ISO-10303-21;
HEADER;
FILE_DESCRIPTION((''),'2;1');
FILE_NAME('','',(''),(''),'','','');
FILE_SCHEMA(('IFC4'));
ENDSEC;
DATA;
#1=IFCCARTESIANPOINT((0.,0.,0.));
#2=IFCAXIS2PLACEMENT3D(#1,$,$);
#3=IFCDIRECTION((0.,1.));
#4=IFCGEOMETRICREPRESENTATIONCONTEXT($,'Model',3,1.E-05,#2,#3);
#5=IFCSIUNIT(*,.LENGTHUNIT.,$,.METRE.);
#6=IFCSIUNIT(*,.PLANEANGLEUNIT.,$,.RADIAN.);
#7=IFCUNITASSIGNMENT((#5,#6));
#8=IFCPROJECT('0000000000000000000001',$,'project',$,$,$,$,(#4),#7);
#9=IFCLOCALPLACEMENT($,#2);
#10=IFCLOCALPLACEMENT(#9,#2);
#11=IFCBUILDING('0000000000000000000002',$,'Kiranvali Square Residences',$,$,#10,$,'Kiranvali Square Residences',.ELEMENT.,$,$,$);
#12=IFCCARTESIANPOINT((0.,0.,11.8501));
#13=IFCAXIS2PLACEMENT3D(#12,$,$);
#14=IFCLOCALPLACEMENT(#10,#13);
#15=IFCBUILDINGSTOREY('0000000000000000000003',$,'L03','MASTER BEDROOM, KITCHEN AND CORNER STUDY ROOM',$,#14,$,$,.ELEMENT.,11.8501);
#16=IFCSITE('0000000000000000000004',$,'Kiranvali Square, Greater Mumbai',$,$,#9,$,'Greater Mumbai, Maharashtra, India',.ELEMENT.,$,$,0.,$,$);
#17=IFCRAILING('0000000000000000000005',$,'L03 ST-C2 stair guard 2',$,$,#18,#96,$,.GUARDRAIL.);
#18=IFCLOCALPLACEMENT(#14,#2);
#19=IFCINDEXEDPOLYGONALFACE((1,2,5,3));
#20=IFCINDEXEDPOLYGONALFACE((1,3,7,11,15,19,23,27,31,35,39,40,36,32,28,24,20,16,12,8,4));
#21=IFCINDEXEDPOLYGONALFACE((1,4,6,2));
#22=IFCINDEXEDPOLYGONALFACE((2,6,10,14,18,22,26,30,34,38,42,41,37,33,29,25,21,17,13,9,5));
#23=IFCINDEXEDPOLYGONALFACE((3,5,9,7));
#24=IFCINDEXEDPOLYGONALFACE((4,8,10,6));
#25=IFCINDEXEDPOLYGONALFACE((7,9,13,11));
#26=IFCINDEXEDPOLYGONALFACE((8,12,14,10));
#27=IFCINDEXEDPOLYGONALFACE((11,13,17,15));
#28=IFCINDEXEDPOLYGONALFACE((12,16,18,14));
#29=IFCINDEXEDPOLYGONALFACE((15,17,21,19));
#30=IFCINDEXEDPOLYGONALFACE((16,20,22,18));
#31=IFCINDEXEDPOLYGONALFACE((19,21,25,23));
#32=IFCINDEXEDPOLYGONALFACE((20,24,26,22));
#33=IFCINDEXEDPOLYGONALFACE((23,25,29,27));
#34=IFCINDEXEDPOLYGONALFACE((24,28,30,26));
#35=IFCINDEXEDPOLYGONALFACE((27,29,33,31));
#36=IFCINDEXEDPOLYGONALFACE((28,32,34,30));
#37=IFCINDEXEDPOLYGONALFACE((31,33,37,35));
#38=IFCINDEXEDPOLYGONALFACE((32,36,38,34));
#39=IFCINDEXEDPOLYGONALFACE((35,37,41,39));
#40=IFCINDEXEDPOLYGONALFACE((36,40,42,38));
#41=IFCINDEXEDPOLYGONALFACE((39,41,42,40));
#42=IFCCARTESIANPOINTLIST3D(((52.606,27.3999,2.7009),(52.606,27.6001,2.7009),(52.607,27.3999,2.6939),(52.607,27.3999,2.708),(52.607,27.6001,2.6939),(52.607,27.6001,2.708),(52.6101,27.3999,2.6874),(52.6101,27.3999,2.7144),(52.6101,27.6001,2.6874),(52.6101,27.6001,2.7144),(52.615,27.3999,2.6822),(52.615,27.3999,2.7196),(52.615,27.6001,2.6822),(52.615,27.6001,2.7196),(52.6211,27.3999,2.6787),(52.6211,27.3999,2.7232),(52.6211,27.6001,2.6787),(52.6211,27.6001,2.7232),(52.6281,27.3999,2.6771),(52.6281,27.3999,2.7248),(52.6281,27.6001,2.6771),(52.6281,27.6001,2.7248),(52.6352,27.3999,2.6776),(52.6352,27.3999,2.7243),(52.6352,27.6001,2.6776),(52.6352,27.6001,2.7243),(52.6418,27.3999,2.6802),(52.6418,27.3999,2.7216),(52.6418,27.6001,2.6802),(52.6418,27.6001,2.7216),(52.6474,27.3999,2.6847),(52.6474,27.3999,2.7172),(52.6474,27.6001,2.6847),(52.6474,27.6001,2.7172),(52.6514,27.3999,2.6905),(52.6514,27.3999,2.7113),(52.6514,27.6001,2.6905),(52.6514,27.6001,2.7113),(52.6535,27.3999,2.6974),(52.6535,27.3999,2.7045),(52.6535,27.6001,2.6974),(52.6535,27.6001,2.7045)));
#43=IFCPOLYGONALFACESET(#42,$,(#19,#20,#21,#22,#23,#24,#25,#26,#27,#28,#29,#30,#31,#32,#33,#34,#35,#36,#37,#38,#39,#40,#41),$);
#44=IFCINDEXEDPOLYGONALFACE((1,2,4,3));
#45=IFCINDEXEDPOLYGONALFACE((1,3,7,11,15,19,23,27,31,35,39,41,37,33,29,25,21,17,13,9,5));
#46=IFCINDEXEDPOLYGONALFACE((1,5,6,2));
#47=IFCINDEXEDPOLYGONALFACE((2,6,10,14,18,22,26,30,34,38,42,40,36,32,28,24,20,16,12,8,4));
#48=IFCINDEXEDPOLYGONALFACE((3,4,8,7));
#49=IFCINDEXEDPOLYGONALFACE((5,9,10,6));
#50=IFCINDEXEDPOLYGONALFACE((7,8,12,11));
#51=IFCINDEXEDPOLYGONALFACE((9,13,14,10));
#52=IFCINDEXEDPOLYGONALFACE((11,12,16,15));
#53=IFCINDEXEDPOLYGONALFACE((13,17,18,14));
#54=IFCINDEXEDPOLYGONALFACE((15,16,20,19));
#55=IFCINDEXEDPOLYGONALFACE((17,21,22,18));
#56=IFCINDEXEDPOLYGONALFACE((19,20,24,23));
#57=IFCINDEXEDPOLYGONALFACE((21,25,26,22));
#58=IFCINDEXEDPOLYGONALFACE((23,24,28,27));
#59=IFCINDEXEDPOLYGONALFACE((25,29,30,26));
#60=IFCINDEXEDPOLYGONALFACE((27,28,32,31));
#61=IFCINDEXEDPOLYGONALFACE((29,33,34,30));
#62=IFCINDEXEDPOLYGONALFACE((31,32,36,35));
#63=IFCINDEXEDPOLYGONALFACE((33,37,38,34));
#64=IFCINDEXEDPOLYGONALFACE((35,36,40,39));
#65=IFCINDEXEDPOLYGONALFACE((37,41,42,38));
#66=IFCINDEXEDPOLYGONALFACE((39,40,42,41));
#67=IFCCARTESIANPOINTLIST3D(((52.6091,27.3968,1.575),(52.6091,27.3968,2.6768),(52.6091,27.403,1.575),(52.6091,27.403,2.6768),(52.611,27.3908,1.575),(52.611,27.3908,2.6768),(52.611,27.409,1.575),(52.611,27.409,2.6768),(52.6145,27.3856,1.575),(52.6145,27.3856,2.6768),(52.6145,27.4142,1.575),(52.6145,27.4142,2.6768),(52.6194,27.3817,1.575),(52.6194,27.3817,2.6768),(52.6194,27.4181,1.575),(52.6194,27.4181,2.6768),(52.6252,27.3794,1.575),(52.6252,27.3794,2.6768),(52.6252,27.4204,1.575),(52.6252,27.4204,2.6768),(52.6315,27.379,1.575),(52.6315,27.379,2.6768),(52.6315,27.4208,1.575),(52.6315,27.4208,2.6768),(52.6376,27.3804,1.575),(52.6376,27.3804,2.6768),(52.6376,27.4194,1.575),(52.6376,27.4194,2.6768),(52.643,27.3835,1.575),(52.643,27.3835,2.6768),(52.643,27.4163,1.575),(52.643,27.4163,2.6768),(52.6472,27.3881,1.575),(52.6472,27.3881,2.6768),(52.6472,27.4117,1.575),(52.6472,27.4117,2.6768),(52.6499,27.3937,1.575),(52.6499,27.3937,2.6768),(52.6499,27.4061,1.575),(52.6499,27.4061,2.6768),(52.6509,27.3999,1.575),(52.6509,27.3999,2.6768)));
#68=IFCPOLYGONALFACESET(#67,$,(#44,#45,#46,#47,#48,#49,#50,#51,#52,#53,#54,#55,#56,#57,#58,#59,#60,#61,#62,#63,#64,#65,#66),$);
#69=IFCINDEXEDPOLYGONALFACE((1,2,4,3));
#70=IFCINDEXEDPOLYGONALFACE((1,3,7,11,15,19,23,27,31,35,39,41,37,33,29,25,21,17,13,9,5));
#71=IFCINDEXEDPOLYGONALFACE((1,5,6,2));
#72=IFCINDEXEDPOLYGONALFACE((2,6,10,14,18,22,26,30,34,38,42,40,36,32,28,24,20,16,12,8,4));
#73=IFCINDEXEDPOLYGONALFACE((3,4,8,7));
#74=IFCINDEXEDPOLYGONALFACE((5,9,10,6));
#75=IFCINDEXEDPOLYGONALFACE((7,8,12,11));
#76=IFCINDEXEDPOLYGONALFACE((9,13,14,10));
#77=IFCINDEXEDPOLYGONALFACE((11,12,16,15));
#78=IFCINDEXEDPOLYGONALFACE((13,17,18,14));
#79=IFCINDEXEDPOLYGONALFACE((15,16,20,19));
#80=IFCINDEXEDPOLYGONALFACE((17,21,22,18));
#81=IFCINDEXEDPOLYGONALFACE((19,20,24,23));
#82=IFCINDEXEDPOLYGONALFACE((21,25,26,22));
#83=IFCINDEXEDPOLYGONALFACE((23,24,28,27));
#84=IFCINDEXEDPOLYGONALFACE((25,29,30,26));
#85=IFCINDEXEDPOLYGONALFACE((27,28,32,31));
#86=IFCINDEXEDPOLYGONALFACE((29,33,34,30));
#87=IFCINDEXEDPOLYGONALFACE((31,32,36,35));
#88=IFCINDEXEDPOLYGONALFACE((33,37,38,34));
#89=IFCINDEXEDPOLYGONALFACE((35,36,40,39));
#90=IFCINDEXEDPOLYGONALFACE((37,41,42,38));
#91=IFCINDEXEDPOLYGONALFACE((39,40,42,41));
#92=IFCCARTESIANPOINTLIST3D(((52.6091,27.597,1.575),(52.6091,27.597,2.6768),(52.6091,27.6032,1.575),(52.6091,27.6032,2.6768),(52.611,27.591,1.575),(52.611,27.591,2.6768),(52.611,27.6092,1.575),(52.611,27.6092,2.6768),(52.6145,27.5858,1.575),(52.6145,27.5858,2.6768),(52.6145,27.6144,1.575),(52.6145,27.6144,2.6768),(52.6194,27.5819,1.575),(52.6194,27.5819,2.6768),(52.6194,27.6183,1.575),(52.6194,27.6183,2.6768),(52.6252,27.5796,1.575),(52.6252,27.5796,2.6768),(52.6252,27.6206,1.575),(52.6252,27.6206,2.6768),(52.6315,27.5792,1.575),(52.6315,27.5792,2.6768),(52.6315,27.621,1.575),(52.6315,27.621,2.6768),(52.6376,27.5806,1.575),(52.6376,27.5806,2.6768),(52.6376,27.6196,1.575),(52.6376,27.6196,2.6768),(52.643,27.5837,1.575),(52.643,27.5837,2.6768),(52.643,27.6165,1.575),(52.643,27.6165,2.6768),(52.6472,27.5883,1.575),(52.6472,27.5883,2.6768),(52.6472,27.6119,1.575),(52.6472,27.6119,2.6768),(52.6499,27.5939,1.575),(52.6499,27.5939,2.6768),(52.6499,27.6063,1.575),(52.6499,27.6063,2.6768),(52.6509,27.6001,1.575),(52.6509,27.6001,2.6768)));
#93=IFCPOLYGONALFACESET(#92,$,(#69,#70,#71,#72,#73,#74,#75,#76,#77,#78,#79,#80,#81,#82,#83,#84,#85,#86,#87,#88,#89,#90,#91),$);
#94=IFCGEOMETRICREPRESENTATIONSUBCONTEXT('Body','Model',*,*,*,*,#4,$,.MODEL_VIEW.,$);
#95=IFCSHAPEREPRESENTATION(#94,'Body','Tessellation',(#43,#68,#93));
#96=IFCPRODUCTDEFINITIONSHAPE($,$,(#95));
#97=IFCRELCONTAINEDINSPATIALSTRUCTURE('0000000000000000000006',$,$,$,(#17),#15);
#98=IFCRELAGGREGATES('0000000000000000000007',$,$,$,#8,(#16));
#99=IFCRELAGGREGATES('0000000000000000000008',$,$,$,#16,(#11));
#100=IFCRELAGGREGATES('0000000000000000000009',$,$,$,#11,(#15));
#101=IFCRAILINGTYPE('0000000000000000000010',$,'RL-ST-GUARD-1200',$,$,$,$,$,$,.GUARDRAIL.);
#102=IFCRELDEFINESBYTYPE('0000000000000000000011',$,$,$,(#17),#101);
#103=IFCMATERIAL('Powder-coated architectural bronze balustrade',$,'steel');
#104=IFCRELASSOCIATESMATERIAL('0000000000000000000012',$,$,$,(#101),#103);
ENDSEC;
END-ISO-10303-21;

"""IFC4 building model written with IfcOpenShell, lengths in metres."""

from ifc_helpers import new_model, si_unit, direction, frame, origin, origin_2d, place, context, subcontext, project, spatial, circle, extrude, material, type_object, element, save


model = new_model("IFC4")

# Units and contexts
model_context = context("Model", 3, precision=1e-05, world=origin(), true_north=direction((0.0, 1.0)))
body_context = subcontext(model_context, "Body", "Model", "MODEL_VIEW")
ifc_project = project(units=[si_unit("LENGTHUNIT", "METRE"), si_unit("PLANEANGLEUNIT", "RADIAN")], contexts=[model_context])

# Site, building, storey
site_placement = place(None, origin())
site = spatial("IfcSite", under=ifc_project, at=site_placement, Name="Kiranvali Square, Greater Mumbai", LongName="Greater Mumbai, Maharashtra, India", CompositionType="ELEMENT", RefElevation=0.0)
building_placement = place(site_placement, origin())
building = spatial("IfcBuilding", under=site, at=building_placement, Name="Kiranvali Square Residences", LongName="Kiranvali Square Residences", CompositionType="ELEMENT")
storey_placement = place(building_placement, frame((0.0, 0.0, 11.8501)))
storey = spatial("IfcBuildingStorey", under=building, at=storey_placement, Name="L03", Description="MASTER BEDROOM, KITCHEN AND CORNER STUDY ROOM", CompositionType="ELEMENT", Elevation=11.8501)

# Railing
ifc_material_1 = material(Name="Powder-coated architectural bronze balustrade", Category="steel")
railing_type_1 = type_object("IfcRailingType", Name="RL-ST-GUARD-1200", PredefinedType="GUARDRAIL", material=ifc_material_1)
railing_1_placement = place(storey_placement, frame((52.6299, 27.3999, 1.575)))
element("IfcRailing", 1, at=railing_1_placement, inside=storey, type_object=railing_type_1, Name="L03 ST-C2 stair guard 2", PredefinedType="GUARDRAIL", context=body_context, shape_type="SweptSolid", body=[
    extrude(circle(Radius=0.0239, at=origin_2d()), frame((0.0, 0.0, 1.126), z_axis=(0.0, 1.0, 0.0), x_axis=(-1.0, 0.0, 0.0)), (0.0, 0.0, 1.0), 0.2002),
    extrude(circle(Radius=0.021, at=origin_2d()), origin(), (0.0, 0.0, 1.0), 1.1018),
    extrude(circle(Radius=0.021, at=origin_2d()), frame((0.0, 0.2002, 0.0)), (0.0, 0.0, 1.0), 1.1018),
])

save(model, "model.ifc")
